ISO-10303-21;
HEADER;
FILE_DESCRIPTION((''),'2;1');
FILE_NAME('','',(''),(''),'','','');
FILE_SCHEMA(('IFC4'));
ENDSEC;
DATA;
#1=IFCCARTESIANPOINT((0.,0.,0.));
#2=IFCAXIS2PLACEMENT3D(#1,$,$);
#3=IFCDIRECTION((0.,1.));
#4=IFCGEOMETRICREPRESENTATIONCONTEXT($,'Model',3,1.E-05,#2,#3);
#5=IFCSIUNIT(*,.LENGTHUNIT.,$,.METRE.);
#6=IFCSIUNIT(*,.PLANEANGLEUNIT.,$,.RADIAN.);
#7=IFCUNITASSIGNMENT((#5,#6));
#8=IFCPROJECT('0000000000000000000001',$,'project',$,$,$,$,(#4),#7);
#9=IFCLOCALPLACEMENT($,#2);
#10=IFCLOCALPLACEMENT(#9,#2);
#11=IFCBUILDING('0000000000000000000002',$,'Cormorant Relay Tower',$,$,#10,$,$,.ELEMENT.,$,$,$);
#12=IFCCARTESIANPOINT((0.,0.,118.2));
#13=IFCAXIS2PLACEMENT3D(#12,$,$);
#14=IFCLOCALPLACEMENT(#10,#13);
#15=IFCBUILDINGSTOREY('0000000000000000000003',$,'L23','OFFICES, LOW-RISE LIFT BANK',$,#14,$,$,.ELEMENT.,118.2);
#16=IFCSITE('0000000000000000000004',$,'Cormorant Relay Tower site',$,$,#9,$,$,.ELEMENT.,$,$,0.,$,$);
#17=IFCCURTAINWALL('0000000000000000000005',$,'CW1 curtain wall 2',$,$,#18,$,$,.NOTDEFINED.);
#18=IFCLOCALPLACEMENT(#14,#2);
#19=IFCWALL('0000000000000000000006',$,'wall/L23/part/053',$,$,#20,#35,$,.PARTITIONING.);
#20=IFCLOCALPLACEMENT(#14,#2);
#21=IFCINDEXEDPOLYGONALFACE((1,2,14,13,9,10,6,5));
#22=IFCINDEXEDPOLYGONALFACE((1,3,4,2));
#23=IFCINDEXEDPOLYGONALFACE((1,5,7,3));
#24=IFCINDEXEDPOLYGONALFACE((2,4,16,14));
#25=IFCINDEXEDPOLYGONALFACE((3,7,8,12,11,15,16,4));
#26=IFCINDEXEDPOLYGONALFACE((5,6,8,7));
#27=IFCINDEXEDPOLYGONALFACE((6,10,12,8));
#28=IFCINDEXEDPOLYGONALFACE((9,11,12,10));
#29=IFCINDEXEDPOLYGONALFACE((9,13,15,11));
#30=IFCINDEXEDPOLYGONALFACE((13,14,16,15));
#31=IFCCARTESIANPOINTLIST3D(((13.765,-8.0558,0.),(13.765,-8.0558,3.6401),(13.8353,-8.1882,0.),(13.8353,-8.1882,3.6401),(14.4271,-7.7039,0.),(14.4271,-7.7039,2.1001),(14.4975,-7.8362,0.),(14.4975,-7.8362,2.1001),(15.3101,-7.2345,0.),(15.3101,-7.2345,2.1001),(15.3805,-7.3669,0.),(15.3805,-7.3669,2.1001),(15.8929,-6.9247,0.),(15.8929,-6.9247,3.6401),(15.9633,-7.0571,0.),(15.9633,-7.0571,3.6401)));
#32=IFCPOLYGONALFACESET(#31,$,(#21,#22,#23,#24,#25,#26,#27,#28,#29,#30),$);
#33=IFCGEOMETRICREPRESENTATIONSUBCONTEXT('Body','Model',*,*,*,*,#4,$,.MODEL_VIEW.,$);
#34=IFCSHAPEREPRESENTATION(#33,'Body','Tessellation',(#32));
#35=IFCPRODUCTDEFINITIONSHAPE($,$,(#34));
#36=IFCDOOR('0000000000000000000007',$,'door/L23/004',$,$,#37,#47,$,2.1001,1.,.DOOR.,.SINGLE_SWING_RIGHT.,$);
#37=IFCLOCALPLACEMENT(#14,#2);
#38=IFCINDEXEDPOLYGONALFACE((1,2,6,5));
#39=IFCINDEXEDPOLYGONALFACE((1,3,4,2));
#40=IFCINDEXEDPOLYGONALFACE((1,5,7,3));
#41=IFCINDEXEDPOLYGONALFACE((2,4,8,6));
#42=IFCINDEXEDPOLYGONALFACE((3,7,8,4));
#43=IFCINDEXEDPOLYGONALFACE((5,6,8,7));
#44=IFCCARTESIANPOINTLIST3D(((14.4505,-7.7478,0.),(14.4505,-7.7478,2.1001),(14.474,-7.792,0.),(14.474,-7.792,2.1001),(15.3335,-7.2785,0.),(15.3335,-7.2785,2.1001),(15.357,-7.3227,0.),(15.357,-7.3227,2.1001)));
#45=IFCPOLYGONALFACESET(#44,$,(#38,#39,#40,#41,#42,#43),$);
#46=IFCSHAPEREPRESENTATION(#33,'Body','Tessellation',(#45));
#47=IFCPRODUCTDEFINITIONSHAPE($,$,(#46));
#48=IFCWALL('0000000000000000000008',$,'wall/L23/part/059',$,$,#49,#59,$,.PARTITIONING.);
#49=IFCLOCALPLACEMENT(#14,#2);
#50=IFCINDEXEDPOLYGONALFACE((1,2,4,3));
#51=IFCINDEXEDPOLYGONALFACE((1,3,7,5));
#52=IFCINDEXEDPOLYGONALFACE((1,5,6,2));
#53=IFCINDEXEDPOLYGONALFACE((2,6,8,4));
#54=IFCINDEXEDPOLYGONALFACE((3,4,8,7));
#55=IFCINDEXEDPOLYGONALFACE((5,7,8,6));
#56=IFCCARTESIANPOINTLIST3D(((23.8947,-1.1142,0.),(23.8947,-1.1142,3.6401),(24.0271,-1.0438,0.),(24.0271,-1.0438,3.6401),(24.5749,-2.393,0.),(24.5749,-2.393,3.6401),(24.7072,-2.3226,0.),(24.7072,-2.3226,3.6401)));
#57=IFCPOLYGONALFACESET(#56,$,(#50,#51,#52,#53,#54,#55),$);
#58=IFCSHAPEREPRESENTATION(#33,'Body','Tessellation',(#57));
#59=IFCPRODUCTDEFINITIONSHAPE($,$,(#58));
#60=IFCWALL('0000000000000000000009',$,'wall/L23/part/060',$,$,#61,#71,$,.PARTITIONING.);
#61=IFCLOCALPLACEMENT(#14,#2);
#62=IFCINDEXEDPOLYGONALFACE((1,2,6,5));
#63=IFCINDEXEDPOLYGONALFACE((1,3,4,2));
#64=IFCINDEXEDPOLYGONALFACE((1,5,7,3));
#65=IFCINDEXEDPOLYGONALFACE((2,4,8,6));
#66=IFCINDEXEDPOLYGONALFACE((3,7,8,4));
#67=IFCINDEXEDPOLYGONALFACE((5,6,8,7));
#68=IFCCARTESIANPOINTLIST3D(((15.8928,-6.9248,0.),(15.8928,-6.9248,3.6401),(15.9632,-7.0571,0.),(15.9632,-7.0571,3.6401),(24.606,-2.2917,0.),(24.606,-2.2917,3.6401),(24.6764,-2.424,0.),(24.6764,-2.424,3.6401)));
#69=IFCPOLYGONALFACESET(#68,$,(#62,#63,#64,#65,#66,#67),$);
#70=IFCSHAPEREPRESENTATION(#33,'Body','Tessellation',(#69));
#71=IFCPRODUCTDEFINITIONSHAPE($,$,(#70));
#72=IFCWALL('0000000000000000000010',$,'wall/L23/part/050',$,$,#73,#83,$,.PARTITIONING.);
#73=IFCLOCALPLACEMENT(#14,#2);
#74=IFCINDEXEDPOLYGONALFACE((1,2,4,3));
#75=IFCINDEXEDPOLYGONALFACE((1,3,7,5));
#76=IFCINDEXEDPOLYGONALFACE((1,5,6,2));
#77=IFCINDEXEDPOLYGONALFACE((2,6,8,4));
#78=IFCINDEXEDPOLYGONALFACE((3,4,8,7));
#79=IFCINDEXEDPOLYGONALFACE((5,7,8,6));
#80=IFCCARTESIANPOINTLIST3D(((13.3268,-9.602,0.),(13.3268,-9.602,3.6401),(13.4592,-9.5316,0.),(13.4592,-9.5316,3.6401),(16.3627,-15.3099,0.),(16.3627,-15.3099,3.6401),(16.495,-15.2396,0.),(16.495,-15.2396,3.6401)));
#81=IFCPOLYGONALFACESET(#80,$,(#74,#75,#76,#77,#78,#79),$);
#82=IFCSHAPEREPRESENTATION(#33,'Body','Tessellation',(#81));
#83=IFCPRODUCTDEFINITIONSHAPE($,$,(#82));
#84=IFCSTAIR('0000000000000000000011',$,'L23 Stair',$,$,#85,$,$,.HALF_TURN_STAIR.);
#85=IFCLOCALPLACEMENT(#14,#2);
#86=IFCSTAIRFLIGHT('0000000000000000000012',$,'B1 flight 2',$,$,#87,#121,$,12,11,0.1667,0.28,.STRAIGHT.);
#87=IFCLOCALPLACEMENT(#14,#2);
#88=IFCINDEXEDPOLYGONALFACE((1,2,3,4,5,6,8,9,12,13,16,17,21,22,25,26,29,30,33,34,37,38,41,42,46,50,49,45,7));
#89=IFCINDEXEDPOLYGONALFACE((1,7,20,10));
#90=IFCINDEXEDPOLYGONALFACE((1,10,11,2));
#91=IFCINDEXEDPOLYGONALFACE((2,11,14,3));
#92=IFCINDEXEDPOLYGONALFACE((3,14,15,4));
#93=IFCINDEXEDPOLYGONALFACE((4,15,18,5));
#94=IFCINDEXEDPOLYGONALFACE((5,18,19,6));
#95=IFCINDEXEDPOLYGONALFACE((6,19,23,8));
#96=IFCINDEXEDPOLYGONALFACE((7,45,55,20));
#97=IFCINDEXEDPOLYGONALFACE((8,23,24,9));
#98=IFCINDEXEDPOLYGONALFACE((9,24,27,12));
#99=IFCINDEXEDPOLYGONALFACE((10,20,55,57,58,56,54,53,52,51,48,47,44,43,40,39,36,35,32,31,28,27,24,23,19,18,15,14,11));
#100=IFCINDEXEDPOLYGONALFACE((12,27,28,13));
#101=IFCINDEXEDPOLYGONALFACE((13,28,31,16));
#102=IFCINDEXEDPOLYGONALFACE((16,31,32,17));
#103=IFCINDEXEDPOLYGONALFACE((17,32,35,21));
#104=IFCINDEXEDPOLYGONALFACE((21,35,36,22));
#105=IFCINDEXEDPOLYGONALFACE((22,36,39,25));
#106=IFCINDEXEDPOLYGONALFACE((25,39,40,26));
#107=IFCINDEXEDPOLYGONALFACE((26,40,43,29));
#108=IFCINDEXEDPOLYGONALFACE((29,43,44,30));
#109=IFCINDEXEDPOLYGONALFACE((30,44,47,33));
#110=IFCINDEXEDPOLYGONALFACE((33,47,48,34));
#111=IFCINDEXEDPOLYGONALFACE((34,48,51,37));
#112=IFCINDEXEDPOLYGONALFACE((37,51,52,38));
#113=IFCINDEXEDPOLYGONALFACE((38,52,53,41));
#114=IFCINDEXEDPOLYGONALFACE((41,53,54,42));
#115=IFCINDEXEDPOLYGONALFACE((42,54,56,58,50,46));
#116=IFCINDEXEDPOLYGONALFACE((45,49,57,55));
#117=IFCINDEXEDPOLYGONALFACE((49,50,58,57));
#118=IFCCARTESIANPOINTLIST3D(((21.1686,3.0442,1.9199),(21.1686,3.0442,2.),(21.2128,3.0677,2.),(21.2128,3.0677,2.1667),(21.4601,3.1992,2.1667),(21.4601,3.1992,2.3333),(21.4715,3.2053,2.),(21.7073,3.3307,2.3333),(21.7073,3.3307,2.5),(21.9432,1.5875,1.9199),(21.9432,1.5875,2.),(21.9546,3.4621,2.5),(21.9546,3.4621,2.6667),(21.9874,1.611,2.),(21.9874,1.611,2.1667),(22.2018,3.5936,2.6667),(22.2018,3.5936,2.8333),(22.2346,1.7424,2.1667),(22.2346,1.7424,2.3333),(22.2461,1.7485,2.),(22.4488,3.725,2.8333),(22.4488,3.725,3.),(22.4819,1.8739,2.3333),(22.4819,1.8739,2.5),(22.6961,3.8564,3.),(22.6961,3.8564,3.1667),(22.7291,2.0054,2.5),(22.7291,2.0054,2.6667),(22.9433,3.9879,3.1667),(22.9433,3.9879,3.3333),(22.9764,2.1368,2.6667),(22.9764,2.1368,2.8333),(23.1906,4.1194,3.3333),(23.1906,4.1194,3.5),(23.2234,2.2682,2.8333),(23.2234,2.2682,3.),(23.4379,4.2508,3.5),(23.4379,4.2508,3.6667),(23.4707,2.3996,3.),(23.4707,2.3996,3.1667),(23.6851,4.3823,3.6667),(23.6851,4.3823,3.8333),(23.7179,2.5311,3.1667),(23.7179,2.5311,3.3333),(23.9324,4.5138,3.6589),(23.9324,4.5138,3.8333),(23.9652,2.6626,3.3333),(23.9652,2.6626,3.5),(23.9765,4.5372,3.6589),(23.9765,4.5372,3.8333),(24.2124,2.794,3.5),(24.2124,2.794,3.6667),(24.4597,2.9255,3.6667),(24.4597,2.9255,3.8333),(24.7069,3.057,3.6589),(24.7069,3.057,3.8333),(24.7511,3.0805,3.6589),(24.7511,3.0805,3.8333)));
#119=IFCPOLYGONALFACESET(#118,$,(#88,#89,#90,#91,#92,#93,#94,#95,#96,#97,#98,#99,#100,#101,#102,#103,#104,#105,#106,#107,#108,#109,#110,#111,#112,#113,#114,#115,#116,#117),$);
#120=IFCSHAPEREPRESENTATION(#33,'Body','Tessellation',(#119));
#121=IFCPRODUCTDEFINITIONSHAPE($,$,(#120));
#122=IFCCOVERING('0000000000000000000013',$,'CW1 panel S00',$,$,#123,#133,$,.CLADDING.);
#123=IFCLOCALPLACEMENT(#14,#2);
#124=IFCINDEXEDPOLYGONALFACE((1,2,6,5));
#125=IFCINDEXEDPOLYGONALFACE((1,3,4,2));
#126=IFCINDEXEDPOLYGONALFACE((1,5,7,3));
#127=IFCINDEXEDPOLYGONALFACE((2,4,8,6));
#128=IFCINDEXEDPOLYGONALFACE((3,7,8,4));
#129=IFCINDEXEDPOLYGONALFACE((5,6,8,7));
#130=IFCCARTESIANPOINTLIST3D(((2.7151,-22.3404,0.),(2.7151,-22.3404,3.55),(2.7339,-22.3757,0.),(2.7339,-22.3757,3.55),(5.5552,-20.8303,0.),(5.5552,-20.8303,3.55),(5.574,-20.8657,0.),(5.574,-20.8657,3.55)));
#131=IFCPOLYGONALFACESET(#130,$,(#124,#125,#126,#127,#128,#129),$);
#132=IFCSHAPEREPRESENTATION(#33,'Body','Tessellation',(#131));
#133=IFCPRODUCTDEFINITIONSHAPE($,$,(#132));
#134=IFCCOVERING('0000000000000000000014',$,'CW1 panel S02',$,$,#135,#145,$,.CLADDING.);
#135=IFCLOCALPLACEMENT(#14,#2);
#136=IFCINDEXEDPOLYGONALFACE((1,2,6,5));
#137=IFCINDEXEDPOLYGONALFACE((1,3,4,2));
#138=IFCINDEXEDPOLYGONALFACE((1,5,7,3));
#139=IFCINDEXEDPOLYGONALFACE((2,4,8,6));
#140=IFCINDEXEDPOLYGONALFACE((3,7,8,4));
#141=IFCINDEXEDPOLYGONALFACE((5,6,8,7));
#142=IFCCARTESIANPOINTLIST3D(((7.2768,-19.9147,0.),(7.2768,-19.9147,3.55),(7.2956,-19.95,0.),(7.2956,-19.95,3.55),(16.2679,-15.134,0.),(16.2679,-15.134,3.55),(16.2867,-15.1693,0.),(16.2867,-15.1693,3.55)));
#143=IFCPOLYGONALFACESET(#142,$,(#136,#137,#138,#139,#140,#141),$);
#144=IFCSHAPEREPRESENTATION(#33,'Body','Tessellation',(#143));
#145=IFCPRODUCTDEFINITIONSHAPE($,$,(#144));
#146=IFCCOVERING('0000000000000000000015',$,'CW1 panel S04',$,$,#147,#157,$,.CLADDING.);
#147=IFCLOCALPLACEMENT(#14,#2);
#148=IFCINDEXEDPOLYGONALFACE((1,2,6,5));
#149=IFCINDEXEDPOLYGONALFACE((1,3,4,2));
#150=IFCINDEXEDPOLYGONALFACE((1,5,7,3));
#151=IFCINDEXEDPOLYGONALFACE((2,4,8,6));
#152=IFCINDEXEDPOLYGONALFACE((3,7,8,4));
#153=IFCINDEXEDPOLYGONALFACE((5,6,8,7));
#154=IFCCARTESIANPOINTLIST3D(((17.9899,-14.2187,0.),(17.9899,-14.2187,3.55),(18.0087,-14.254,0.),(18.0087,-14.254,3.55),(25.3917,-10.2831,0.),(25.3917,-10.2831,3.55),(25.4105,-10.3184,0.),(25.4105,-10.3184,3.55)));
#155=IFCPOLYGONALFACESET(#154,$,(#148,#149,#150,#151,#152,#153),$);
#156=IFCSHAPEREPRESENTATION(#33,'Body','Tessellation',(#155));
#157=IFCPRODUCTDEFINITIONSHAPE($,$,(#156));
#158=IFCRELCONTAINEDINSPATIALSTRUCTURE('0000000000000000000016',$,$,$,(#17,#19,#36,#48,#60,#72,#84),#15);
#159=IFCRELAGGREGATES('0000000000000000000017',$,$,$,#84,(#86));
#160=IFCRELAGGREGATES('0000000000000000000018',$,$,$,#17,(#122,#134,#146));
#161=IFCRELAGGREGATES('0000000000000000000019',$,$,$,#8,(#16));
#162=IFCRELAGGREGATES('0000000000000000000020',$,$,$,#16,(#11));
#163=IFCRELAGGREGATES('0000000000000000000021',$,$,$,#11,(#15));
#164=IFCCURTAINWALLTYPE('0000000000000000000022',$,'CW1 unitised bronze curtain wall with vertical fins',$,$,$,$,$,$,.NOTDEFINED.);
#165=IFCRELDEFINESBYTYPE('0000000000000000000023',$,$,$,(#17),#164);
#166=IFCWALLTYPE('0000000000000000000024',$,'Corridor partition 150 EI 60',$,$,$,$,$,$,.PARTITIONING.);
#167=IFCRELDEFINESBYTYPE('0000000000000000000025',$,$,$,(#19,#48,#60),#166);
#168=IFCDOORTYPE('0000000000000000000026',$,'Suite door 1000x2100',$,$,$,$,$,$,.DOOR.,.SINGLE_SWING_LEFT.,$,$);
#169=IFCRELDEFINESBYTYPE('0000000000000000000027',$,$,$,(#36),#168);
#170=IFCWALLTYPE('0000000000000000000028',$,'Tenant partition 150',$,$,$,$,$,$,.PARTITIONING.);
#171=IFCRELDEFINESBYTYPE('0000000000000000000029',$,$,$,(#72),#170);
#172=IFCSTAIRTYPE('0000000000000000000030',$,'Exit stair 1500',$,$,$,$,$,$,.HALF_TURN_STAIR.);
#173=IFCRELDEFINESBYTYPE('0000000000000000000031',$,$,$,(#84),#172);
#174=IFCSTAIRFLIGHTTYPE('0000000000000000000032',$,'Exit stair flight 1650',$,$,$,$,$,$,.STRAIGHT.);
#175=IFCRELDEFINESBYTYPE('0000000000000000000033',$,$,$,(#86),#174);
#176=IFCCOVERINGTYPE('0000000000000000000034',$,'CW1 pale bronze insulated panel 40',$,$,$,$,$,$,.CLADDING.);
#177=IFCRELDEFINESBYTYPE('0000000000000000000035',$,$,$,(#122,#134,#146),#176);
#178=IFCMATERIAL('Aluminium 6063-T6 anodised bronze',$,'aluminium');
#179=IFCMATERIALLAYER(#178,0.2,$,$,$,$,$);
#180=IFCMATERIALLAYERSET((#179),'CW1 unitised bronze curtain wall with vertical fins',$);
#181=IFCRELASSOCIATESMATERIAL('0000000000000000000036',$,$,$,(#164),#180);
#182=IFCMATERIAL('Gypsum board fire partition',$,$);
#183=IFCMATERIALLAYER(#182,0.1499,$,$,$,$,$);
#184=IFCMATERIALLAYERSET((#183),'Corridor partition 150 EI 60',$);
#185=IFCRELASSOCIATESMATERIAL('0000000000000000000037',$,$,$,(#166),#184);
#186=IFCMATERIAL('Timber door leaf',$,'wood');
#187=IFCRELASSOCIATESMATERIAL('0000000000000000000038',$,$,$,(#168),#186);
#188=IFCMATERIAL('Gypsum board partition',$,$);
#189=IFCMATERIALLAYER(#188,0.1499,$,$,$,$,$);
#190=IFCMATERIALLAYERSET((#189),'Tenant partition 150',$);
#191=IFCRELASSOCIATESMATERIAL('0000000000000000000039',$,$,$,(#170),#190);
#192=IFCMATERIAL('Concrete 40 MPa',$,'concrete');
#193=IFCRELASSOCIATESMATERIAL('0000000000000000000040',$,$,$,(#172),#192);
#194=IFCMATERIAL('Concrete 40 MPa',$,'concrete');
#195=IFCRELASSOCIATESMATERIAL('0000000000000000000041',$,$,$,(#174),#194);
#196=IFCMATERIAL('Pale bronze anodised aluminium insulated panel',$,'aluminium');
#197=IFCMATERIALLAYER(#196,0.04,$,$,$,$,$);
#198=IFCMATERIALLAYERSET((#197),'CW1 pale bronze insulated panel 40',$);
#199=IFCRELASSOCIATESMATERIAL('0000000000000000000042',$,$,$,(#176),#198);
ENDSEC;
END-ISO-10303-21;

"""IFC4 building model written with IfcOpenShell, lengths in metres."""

from ifc_helpers import new_model, si_unit, direction, frame, frame_2d, origin, origin_2d, place, context, subcontext, project, spatial, polyline, rectangle, outline, extrude, material, layer, layer_set, type_object, element, fill, aggregate, save


model = new_model("IFC4")

# Units and contexts
model_context = context("Model", 3, precision=1e-05, world=origin(), true_north=direction((0.0, 1.0)))
body_context = subcontext(model_context, "Body", "Model", "MODEL_VIEW")
ifc_project = project(units=[si_unit("LENGTHUNIT", "METRE"), si_unit("PLANEANGLEUNIT", "RADIAN")], contexts=[model_context])

# Site, building, storey
site_placement = place(None, origin())
site = spatial("IfcSite", under=ifc_project, at=site_placement, Name="Cormorant Relay Tower site", CompositionType="ELEMENT", RefElevation=0.0)
building_placement = place(site_placement, origin())
building = spatial("IfcBuilding", under=site, at=building_placement, Name="Cormorant Relay Tower", CompositionType="ELEMENT")
storey_placement = place(building_placement, frame((0.0, 0.0, 118.2)))
storey = spatial("IfcBuildingStorey", under=building, at=storey_placement, Name="L23", Description="OFFICES, LOW-RISE LIFT BANK", CompositionType="ELEMENT", Elevation=118.2)

# Curtain wall
ifc_material_1 = material(Name="Aluminium 6063-T6 anodised bronze", Category="aluminium")
ifc_layer_1 = layer(ifc_material_1, 0.2)
ifc_layer_set_1 = layer_set([ifc_layer_1], Name="CW1 unitised bronze curtain wall with vertical fins")
curtain_wall_type = type_object("IfcCurtainWallType", Name="CW1 unitised bronze curtain wall with vertical fins", PredefinedType="NOTDEFINED", material=ifc_layer_set_1)
curtain_wall_placement = place(storey_placement, origin())
curtain_wall = element("IfcCurtainWall", 1, at=curtain_wall_placement, inside=storey, type_object=curtain_wall_type, Name="CW1 curtain wall 2", PredefinedType="NOTDEFINED")

# Shared definitions
ifc_material_2 = material(Name="Gypsum board fire partition")
ifc_layer_2 = layer(ifc_material_2, 0.1499)
ifc_layer_set_2 = layer_set([ifc_layer_2], Name="Corridor partition 150 EI 60")
wall_type_1 = type_object("IfcWallType", Name="Corridor partition 150 EI 60", PredefinedType="PARTITIONING", material=ifc_layer_set_2)

# Wall, opening, door
wall_1_placement = place(storey_placement, frame((13.8, -8.1221, 0.0), z_axis=(0.0, 0.0, 1.0), x_axis=(0.883006, 0.469363, 0.0)))
wall_1 = element("IfcWall", 2, at=wall_1_placement, inside=storey, type_object=wall_type_1, Name="wall/L23/part/053", PredefinedType="PARTITIONING", context=body_context, shape_type="SweptSolid", body=[
    extrude(rectangle(XDim=2.4099, YDim=0.1499, at=frame_2d((1.2051, 0.0))), origin(), (0.0, 0.0, 1.0), 3.6401),
])
opening_1_placement = place(wall_1_placement, frame((0.75, 0.0, 0.0)))
opening_1 = element("IfcOpeningElement", 3, at=opening_1_placement, cuts=wall_1, PredefinedType="OPENING", context=body_context, shape_type="SweptSolid", body=[
    extrude(rectangle(XDim=1.0, YDim=2.1001, at=frame_2d((0.5, 1.05))), frame((0.0, 0.085, 0.0), z_axis=(0.0, -1.0, 0.0), x_axis=(1.0, 0.0, 0.0)), (0.0, 0.0, 1.0), 0.1699),
])
ifc_material_3 = material(Name="Timber door leaf", Category="wood")
door_type_1 = type_object("IfcDoorType", Name="Suite door 1000x2100", OperationType="SINGLE_SWING_LEFT", PredefinedType="DOOR", material=ifc_material_3)
door_1_placement = place(opening_1_placement, frame((1.0, 0.0, 0.0), z_axis=(0.0, 0.0, 1.0), x_axis=(-1.0, 0.0, 0.0)))
door_1 = element("IfcDoor", 4, at=door_1_placement, inside=storey, type_object=door_type_1, Name="door/L23/004", OperationType="SINGLE_SWING_RIGHT", OverallHeight=2.1001, OverallWidth=1.0, PredefinedType="DOOR", context=body_context, shape_type="SweptSolid", body=[
    extrude(rectangle(XDim=1.0, YDim=2.1001, at=frame_2d((0.5, 1.05))), frame((0.0, 0.0249, 0.0), z_axis=(0.0, -1.0, 0.0), x_axis=(1.0, 0.0, 0.0)), (0.0, 0.0, 1.0), 0.05),
])
fill(opening_1, door_1)

# Walls
wall_2_placement = place(storey_placement, frame((23.9609, -1.0791, 0.0), z_axis=(0.0, 0.0, 1.0), x_axis=(0.469591, -0.882884, 0.0)))
element("IfcWall", 5, at=wall_2_placement, inside=storey, type_object=wall_type_1, Name="wall/L23/part/059", PredefinedType="PARTITIONING", context=body_context, shape_type="SweptSolid", body=[
    extrude(rectangle(XDim=1.4485, YDim=0.1499, at=frame_2d((0.7241, 0.0))), origin(), (0.0, 0.0, 1.0), 3.6401),
])
wall_3_placement = place(storey_placement, frame((24.6411, -2.3579, 0.0), z_axis=(0.0, 0.0, 1.0), x_axis=(-0.882939, -0.469487, 0.0)))
element("IfcWall", 6, at=wall_3_placement, inside=storey, type_object=wall_type_1, Name="wall/L23/part/060", PredefinedType="PARTITIONING", context=body_context, shape_type="SweptSolid", body=[
    extrude(rectangle(XDim=9.8684, YDim=0.1499, at=frame_2d((4.9341, 0.0))), origin(), (0.0, 0.0, 1.0), 3.6401),
])
ifc_material_4 = material(Name="Gypsum board partition")
ifc_layer_3 = layer(ifc_material_4, 0.1499)
ifc_layer_set_3 = layer_set([ifc_layer_3], Name="Tenant partition 150")
wall_type_2 = type_object("IfcWallType", Name="Tenant partition 150", PredefinedType="PARTITIONING", material=ifc_layer_set_3)
wall_4_placement = place(storey_placement, frame((13.3931, -9.5669, 0.0), z_axis=(0.0, 0.0, 1.0), x_axis=(0.469579, -0.882891, 0.0)))
element("IfcWall", 7, at=wall_4_placement, inside=storey, type_object=wall_type_2, Name="wall/L23/part/050", PredefinedType="PARTITIONING", context=body_context, shape_type="SweptSolid", body=[
    extrude(rectangle(XDim=6.4651, YDim=0.1499, at=frame_2d((3.2324, 0.0))), origin(), (0.0, 0.0, 1.0), 3.6401),
])

# Stair, stair flight
ifc_material_5 = material(Name="Concrete 40 MPa", Category="concrete")
stair_type = type_object("IfcStairType", Name="Exit stair 1500", PredefinedType="HALF_TURN_STAIR", material=ifc_material_5)
stair_placement = place(storey_placement, origin())
stair = element("IfcStair", 8, at=stair_placement, inside=storey, type_object=stair_type, Name="L23 Stair", PredefinedType="HALF_TURN_STAIR")
ifc_material_6 = material(Name="Concrete 40 MPa", Category="concrete")
stair_flight_type = type_object("IfcStairFlightType", Name="Exit stair flight 1650", PredefinedType="STRAIGHT", material=ifc_material_6)
stair_flight_placement = place(storey_placement, frame((21.6001, 2.3394, 2.0), z_axis=(0.0, 0.0, 1.0), x_axis=(0.882948, 0.469472, 0.0)))
stair_flight = element("IfcStairFlight", 9, at=stair_flight_placement, type_object=stair_flight_type, Name="B1 flight 2", NumberOfRisers=12, NumberOfTreads=11, PredefinedType="STRAIGHT", RiserHeight=0.1667, TreadLength=0.28, context=body_context, shape_type="SweptSolid", body=[
    extrude(outline(polyline([(-0.05, -0.0801), (-0.05, 0.0), (0.0, 0.0), (0.0, 0.1667), (0.28, 0.1667), (0.28, 0.3333), (0.5601, 0.3333), (0.5601, 0.5), (0.8401, 0.5), (0.8401, 0.6667), (1.1201, 0.6667), (1.1201, 0.8333), (1.3999, 0.8333), (1.3999, 1.0), (1.6799, 1.0), (1.6799, 1.1667), (1.96, 1.1667), (1.96, 1.3333), (2.24, 1.3333), (2.24, 1.5), (2.52, 1.5), (2.52, 1.6667), (2.8, 1.6667), (2.8, 1.8333), (3.0801, 1.8333), (3.1301, 1.8333), (3.1301, 1.6589), (3.0801, 1.6589), (0.293, 0.0), (-0.05, -0.0801)])), frame((0.0, 0.825, 0.0), z_axis=(0.0, -1.0, 0.0), x_axis=(1.0, 0.0, 0.0)), (0.0, 0.0, 1.0), 1.6499),
])
aggregate(stair, [stair_flight])

# Coverings
ifc_material_7 = material(Name="Pale bronze anodised aluminium insulated panel", Category="aluminium")
ifc_layer_4 = layer(ifc_material_7, 0.04)
ifc_layer_set_4 = layer_set([ifc_layer_4], Name="CW1 pale bronze insulated panel 40")
covering_type = type_object("IfcCoveringType", Name="CW1 pale bronze insulated panel 40", PredefinedType="CLADDING", material=ifc_layer_set_4)
covering_1_placement = place(storey_placement, frame((4.1445, -21.603, 0.0), z_axis=(0.0, 0.0, 1.0), x_axis=(0.882948, 0.469472, 0.0)))
covering_1 = element("IfcCovering", 10, at=covering_1_placement, type_object=covering_type, Name="CW1 panel S00", PredefinedType="CLADDING", context=body_context, shape_type="SweptSolid", body=[
    extrude(rectangle(XDim=3.2166, YDim=0.04, at=origin_2d()), origin(), (0.0, 0.0, 1.0), 3.55),
])
covering_2_placement = place(storey_placement, frame((11.7817, -17.542, 0.0), z_axis=(0.0, 0.0, 1.0), x_axis=(0.882948, 0.469472, 0.0)))
covering_2 = element("IfcCovering", 11, at=covering_2_placement, type_object=covering_type, Name="CW1 panel S02", PredefinedType="CLADDING", context=body_context, shape_type="SweptSolid", body=[
    extrude(rectangle(XDim=10.1831, YDim=0.04, at=origin_2d()), origin(), (0.0, 0.0, 1.0), 3.55),
])
covering_3_placement = place(storey_placement, frame((21.7002, -12.2686, 0.0), z_axis=(0.0, 0.0, 1.0), x_axis=(0.882948, 0.469472, 0.0)))
covering_3 = element("IfcCovering", 12, at=covering_3_placement, type_object=covering_type, Name="CW1 panel S04", PredefinedType="CLADDING", context=body_context, shape_type="SweptSolid", body=[
    extrude(rectangle(XDim=8.3831, YDim=0.04, at=origin_2d()), origin(), (0.0, 0.0, 1.0), 3.55),
])
aggregate(curtain_wall, [covering_1, covering_2, covering_3])

save(model, "model.ifc")
